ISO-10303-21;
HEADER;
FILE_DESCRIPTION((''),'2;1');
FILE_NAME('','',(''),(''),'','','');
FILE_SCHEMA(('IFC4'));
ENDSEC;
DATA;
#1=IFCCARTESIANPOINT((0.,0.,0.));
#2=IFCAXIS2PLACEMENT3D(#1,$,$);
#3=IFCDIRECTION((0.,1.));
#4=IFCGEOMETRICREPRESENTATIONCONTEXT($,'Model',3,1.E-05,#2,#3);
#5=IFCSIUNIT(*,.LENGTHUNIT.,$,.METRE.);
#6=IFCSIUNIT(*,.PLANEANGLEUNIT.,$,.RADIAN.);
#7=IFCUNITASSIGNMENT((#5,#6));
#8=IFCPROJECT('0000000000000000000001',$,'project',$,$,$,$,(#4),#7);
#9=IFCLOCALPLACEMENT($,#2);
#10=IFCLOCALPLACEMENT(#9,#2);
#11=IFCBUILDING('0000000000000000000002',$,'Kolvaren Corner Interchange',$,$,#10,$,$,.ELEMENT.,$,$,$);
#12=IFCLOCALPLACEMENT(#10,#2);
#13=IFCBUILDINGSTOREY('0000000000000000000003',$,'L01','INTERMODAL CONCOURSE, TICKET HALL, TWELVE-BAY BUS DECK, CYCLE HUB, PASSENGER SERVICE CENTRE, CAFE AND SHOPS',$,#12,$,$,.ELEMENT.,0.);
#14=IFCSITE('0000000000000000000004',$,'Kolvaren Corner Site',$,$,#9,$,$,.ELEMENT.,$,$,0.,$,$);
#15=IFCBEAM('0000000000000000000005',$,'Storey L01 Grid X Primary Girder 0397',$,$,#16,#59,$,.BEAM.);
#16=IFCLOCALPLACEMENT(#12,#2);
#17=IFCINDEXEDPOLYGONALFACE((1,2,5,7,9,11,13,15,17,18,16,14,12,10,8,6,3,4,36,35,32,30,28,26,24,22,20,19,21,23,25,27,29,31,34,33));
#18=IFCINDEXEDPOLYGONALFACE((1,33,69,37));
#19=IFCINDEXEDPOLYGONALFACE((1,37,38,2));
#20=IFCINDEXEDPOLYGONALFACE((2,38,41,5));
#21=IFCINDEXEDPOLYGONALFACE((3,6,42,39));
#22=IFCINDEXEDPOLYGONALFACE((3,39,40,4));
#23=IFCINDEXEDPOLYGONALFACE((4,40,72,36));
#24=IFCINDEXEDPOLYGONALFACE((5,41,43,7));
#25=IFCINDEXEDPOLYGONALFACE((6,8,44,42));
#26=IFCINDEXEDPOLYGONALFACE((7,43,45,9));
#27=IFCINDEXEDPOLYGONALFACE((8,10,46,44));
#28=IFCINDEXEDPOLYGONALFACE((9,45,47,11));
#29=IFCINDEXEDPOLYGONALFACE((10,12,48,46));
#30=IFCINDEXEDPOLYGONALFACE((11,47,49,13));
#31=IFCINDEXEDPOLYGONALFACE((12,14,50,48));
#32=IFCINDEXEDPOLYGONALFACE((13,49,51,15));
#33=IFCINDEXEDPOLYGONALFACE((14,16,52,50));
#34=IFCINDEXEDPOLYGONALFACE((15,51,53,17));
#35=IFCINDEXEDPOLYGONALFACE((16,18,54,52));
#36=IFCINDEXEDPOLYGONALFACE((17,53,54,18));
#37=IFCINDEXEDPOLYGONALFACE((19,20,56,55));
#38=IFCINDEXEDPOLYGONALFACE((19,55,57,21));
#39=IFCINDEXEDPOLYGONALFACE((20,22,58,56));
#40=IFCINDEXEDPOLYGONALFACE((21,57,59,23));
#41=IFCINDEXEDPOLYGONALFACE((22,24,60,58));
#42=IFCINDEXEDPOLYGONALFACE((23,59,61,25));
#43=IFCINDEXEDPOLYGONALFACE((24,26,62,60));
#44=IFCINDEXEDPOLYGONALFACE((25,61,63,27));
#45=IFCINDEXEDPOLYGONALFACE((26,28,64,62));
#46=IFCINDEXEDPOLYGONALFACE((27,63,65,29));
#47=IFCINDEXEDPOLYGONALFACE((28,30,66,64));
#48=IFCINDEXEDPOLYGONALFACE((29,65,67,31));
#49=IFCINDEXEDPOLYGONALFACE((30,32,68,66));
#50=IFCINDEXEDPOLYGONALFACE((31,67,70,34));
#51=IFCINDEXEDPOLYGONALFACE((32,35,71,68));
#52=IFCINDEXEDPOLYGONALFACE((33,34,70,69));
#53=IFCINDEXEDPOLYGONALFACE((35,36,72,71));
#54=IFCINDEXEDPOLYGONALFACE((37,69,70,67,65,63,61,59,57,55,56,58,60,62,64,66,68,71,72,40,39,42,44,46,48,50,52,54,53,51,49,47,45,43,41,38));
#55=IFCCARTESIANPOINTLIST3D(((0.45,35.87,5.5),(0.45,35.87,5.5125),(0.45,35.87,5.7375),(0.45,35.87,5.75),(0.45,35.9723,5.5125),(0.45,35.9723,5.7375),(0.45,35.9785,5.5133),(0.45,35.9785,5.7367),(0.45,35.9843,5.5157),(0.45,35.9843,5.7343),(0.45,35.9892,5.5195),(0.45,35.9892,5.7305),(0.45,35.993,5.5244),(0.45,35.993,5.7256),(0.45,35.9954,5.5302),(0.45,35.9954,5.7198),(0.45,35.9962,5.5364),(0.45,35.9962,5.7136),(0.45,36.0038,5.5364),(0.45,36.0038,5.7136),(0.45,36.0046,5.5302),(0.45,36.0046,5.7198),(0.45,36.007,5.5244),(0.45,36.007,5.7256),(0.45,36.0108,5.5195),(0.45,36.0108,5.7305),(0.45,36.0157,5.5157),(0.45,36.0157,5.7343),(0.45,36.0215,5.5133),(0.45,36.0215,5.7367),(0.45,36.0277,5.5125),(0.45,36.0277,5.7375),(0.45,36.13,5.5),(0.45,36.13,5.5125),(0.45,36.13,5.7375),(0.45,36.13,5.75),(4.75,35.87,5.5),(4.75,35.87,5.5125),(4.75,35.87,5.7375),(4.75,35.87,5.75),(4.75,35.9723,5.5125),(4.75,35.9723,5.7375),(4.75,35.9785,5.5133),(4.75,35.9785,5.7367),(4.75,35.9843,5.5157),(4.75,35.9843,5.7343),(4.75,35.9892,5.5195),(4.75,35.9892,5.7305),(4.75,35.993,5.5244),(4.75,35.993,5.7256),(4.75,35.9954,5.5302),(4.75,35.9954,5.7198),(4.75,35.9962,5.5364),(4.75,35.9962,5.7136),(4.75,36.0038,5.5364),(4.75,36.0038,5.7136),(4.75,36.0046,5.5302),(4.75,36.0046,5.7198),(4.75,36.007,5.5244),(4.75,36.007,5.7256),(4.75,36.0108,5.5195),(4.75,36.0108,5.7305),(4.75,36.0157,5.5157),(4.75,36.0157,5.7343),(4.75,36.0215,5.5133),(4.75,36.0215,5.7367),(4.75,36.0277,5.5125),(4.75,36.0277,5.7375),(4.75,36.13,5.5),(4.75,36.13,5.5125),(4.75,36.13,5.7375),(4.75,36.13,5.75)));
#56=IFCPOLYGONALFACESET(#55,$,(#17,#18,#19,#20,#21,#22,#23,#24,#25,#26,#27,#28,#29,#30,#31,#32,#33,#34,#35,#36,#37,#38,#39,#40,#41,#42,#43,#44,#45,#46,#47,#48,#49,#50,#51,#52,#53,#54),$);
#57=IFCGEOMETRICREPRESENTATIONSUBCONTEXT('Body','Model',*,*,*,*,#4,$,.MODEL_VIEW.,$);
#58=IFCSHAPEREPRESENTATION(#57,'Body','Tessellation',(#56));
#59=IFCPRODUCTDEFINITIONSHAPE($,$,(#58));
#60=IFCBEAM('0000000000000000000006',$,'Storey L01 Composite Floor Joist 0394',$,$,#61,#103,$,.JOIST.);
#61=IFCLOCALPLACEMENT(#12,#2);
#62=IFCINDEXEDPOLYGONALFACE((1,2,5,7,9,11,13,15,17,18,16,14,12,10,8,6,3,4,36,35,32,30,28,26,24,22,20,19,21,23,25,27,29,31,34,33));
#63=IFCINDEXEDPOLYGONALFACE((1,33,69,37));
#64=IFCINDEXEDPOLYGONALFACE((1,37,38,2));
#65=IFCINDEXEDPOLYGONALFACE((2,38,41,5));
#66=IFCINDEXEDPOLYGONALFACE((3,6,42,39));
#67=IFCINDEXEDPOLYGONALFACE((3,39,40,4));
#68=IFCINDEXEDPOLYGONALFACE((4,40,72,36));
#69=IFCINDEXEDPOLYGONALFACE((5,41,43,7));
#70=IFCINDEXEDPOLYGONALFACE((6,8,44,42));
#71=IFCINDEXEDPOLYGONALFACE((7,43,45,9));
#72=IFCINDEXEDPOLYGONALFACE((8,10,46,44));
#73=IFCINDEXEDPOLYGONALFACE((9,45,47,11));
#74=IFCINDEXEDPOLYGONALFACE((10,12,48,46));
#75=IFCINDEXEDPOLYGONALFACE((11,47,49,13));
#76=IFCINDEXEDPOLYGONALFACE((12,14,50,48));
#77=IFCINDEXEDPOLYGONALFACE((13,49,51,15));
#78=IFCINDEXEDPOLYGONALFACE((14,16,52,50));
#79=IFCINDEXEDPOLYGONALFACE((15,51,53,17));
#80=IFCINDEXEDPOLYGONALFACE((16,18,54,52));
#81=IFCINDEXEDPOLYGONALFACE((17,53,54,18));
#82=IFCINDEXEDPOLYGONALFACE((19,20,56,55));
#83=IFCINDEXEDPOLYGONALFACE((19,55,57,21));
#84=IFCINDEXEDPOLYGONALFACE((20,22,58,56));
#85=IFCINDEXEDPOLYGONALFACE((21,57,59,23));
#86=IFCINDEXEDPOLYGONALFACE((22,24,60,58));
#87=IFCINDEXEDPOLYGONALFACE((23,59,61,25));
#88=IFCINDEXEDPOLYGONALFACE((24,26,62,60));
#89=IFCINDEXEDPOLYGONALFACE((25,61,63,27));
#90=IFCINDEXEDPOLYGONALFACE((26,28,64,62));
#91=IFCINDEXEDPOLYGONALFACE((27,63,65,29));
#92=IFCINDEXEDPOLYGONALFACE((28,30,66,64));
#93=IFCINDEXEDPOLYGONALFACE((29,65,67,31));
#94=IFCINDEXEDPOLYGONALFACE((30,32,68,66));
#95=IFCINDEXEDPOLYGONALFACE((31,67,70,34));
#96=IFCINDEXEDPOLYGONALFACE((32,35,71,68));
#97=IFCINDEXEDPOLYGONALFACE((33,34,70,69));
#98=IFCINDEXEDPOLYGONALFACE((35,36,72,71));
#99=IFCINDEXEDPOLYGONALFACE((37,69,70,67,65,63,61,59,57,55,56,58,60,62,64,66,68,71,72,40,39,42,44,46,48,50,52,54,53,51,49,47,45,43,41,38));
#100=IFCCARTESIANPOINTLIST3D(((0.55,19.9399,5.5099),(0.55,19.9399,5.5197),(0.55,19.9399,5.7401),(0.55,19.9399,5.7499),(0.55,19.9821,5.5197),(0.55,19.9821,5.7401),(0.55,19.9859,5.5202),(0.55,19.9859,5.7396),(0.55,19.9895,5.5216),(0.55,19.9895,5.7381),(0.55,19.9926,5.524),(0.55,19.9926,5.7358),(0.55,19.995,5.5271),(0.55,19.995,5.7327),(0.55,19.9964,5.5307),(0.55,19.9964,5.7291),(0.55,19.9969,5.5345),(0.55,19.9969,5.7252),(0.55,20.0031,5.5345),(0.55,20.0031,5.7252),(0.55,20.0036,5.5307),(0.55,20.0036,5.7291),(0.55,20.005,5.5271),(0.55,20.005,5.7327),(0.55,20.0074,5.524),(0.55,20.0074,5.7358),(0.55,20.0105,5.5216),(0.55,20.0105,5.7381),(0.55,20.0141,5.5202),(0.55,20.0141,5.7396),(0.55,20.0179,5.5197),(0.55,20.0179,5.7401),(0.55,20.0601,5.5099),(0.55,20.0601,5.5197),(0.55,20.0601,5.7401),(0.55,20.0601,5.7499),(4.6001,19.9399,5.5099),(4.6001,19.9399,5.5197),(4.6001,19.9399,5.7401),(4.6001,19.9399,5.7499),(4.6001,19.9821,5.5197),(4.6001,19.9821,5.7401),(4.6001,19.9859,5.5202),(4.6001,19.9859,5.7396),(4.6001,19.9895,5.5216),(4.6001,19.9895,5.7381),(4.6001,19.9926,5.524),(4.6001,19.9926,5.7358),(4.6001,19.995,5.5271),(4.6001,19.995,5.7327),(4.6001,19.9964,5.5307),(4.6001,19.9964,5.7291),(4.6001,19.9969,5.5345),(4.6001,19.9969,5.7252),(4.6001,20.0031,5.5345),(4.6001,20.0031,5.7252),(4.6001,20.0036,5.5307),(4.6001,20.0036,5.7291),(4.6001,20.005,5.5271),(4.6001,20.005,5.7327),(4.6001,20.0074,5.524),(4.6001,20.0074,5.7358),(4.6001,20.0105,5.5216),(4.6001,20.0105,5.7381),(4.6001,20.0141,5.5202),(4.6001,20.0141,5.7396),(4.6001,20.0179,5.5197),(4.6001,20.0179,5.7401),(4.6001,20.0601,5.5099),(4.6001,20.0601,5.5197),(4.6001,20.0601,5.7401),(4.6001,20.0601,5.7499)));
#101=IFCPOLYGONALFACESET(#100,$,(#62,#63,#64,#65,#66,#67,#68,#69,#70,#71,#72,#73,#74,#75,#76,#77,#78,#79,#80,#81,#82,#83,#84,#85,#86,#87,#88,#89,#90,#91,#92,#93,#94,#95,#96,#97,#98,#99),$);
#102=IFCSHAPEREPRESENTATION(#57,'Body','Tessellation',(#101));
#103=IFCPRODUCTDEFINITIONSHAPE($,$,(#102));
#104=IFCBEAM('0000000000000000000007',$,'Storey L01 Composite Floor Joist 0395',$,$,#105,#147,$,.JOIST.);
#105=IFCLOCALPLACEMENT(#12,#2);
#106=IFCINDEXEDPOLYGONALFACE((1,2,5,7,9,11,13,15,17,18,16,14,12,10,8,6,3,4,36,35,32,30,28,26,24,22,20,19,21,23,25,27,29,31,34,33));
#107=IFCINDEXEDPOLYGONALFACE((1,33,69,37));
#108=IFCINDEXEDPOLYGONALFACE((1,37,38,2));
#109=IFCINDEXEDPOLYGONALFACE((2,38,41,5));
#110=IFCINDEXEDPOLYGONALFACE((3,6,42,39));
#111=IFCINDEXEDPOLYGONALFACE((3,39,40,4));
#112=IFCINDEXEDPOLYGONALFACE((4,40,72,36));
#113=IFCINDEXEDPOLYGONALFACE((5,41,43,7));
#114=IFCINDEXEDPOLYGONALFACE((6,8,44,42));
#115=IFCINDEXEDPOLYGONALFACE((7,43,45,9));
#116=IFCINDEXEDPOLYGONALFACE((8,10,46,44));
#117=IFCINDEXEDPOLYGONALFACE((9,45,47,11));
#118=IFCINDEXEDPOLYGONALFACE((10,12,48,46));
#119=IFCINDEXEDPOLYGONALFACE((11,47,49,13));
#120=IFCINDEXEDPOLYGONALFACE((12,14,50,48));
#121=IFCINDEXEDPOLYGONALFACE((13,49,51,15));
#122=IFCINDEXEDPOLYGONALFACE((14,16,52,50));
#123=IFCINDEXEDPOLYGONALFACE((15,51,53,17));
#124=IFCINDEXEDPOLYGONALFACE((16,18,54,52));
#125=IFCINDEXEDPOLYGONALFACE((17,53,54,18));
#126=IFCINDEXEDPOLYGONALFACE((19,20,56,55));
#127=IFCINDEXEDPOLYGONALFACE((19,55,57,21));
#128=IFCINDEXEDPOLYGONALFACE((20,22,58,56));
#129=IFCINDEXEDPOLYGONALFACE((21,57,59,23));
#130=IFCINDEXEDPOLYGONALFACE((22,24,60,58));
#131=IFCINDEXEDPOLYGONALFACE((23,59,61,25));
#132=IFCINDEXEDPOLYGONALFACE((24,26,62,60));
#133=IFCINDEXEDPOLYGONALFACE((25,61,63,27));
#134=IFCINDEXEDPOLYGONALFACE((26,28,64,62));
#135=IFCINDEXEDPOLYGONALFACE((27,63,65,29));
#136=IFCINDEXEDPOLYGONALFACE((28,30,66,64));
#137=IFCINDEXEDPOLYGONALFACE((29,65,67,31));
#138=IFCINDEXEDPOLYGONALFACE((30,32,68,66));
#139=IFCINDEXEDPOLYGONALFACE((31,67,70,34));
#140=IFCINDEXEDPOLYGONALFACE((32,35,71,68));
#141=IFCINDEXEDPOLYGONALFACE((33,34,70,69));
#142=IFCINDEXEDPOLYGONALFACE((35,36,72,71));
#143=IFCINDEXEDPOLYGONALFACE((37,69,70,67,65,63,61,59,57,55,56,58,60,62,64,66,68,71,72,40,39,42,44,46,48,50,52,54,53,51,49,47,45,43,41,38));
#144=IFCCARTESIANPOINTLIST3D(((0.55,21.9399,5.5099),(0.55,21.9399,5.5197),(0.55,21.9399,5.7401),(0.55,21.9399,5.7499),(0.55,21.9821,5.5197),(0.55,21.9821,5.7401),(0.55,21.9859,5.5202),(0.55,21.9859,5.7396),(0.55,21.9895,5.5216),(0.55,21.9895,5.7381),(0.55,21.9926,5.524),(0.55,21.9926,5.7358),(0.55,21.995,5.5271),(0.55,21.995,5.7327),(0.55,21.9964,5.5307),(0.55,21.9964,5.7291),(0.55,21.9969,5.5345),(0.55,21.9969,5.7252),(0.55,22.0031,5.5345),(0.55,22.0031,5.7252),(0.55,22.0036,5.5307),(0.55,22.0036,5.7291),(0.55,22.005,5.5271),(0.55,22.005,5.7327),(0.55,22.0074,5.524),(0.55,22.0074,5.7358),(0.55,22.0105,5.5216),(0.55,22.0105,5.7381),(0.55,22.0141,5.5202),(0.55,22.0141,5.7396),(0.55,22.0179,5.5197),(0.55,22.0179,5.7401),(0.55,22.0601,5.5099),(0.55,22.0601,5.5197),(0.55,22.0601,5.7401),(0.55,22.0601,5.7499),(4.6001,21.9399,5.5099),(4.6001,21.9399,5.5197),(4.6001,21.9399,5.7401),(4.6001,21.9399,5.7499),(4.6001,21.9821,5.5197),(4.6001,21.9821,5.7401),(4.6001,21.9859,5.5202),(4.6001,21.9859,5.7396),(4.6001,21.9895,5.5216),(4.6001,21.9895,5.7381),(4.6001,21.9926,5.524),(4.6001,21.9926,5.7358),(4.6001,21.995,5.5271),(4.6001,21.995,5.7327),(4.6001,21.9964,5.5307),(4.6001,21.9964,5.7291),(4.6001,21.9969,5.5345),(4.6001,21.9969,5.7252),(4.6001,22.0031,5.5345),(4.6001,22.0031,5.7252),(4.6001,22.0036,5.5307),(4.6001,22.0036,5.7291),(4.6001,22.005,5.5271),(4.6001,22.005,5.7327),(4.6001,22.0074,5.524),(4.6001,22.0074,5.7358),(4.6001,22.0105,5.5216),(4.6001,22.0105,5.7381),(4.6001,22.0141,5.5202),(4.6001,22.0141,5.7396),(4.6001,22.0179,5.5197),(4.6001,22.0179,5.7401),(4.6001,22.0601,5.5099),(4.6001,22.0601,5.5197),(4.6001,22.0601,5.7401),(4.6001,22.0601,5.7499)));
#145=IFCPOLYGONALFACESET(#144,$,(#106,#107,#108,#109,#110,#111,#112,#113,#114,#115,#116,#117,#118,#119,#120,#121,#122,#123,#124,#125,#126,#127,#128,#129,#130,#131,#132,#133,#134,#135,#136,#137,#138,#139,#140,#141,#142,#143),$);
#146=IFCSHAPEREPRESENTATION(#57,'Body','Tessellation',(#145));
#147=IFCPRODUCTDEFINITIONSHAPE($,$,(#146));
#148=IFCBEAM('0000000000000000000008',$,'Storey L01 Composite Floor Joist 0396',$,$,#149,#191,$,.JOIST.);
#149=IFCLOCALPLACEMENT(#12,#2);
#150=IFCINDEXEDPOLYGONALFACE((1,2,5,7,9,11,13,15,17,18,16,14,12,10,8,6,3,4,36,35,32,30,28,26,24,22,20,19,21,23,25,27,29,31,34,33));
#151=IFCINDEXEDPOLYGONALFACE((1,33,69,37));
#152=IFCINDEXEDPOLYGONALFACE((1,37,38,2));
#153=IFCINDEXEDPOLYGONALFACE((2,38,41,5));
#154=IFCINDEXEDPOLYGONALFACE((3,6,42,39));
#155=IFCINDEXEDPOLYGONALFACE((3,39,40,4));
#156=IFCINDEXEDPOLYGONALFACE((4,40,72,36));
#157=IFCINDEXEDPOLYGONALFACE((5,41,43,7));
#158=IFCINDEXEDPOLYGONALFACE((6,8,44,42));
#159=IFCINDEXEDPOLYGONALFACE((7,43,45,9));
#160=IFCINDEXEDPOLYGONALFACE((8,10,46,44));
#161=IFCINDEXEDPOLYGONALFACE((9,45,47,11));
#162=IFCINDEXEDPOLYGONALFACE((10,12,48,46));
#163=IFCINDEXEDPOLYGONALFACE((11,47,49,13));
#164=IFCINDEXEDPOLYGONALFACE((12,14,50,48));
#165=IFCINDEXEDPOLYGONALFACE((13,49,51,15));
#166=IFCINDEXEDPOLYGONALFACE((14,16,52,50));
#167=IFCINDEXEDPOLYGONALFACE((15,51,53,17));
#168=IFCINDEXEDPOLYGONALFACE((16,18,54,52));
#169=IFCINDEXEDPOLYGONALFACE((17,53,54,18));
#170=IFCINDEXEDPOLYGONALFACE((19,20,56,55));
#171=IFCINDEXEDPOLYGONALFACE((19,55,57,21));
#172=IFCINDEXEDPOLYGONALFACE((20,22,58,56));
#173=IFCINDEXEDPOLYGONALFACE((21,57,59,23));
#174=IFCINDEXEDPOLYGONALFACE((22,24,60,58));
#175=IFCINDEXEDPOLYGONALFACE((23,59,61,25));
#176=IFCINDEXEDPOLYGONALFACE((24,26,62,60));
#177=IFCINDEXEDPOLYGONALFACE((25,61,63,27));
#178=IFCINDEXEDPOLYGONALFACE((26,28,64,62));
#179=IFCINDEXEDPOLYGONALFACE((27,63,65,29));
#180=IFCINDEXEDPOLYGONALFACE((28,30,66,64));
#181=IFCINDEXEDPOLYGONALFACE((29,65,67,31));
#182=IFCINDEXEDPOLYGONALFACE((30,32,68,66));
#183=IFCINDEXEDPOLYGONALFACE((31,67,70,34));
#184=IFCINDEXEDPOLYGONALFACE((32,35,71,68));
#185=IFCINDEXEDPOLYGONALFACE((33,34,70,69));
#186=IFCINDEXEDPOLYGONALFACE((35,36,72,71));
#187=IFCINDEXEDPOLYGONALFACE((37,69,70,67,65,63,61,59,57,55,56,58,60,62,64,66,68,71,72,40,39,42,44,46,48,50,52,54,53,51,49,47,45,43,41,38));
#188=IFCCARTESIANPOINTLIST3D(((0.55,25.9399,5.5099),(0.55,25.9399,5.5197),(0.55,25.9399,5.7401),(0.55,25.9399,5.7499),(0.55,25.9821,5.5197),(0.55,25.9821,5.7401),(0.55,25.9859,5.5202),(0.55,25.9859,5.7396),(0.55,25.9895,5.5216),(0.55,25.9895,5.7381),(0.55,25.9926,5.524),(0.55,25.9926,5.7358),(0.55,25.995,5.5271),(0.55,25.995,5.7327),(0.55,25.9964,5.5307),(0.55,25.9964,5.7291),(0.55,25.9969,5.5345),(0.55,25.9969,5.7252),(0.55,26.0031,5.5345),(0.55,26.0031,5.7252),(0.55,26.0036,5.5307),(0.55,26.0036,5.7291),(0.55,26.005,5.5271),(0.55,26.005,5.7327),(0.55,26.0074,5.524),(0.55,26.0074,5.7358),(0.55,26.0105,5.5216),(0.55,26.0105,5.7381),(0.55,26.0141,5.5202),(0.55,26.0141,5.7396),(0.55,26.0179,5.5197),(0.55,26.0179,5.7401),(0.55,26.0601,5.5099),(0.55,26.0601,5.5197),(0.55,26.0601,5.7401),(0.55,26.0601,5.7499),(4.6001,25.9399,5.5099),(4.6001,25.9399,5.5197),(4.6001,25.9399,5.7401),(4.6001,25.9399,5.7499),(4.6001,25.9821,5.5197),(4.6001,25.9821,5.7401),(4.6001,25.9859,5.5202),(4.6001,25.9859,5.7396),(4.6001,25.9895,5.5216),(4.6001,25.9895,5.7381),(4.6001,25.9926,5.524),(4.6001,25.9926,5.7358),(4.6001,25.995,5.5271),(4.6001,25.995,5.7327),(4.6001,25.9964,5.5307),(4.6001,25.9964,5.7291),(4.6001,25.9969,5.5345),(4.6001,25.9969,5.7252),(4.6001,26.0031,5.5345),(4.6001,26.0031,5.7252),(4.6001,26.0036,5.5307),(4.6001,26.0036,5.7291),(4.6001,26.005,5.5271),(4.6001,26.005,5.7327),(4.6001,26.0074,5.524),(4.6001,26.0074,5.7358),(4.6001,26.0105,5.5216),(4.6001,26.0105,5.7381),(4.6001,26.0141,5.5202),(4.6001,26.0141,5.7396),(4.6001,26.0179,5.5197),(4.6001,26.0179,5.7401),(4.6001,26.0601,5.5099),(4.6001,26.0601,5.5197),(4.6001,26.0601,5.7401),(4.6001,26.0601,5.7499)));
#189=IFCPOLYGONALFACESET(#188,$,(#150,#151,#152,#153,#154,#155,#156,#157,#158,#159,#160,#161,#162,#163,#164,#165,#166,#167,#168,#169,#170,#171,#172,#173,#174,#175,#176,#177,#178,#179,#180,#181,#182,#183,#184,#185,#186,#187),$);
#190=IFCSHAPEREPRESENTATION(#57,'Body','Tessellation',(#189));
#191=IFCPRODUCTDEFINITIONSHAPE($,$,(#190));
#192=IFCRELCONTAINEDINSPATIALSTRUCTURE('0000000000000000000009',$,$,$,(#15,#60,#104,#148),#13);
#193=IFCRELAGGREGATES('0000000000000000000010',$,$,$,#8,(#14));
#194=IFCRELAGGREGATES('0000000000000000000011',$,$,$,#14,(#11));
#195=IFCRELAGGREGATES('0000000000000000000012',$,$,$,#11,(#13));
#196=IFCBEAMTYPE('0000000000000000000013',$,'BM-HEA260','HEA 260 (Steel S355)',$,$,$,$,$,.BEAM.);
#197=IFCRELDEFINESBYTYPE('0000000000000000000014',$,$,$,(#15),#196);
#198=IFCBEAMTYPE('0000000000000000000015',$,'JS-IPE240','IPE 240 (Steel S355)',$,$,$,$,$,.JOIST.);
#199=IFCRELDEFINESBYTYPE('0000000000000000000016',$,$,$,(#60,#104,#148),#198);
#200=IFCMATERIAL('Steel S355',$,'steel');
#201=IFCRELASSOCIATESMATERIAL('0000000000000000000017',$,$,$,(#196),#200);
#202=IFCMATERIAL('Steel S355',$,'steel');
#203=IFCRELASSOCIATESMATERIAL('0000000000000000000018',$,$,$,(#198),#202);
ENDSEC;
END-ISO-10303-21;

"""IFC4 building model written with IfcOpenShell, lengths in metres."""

from ifc_helpers import new_model, si_unit, direction, frame, origin, origin_2d, place, context, subcontext, project, spatial, i_section, extrude, material, material_profile, profile_set, type_object, element, save


model = new_model("IFC4")

# Units and contexts
model_context = context("Model", 3, precision=1e-05, world=origin(), true_north=direction((0.0, 1.0)))
body_context = subcontext(model_context, "Body", "Model", "MODEL_VIEW")
ifc_project = project(units=[si_unit("LENGTHUNIT", "METRE"), si_unit("PLANEANGLEUNIT", "RADIAN")], contexts=[model_context])

# Site, building, storey
site_placement = place(None, origin())
site = spatial("IfcSite", under=ifc_project, at=site_placement, Name="Kolvaren Corner Site", CompositionType="ELEMENT", RefElevation=0.0)
building_placement = place(site_placement, origin())
building = spatial("IfcBuilding", under=site, at=building_placement, Name="Kolvaren Corner Interchange", CompositionType="ELEMENT")
storey_placement = place(building_placement, origin())
storey = spatial("IfcBuildingStorey", under=building, at=storey_placement, Name="L01", Description="INTERMODAL CONCOURSE, TICKET HALL, TWELVE-BAY BUS DECK, CYCLE HUB, PASSENGER SERVICE CENTRE, CAFE AND SHOPS", CompositionType="ELEMENT", Elevation=0.0)

# Beams
ifc_material_1 = material(Name="Steel S355", Category="steel")
ifc_material_profile_1 = material_profile(ifc_material_1, i_section(OverallWidth=0.26, OverallDepth=0.25, WebThickness=0.0076, FlangeThickness=0.0125, FilletRadius=0.0239, at=origin_2d()), Name="HEA 260")
ifc_profile_set_1 = profile_set([ifc_material_profile_1], Name="Steel S355")
beam_type_1 = type_object("IfcBeamType", Name="BM-HEA260", Description="HEA 260 (Steel S355)", PredefinedType="BEAM", material=ifc_profile_set_1)
for number, where, z_axis, x_axis, name in (
    (1, (0.45, 36.0, 5.625), (1.0, 0.0, 0.0), (0.0, 1.0, 0.0), "Storey L01 Grid X Primary Girder 0397"),
):
    element("IfcBeam", number, at=place(storey_placement, frame(where, z_axis=z_axis, x_axis=x_axis)), inside=storey, type_object=beam_type_1, Name=name, PredefinedType="BEAM", context=body_context, shape_type="SweptSolid", body=[
        extrude(i_section(OverallWidth=0.26, OverallDepth=0.25, WebThickness=0.0076, FlangeThickness=0.0125, FilletRadius=0.0239, at=origin_2d()), origin(), (0.0, 0.0, 1.0), 4.3),
    ])
ifc_material_2 = material(Name="Steel S355", Category="steel")
ifc_material_profile_2 = material_profile(ifc_material_2, i_section(OverallWidth=0.1201, OverallDepth=0.24, WebThickness=0.0061, FlangeThickness=0.0098, FilletRadius=0.0149, at=origin_2d()), Name="IPE 240")
ifc_profile_set_2 = profile_set([ifc_material_profile_2], Name="Steel S355")
beam_type_2 = type_object("IfcBeamType", Name="JS-IPE240", Description="IPE 240 (Steel S355)", PredefinedType="JOIST", material=ifc_profile_set_2)
for number, where, z_axis, x_axis, name in (
    (2, (0.55, 20.0, 5.6299), (1.0, 0.0, 0.0), (0.0, 1.0, 0.0), "Storey L01 Composite Floor Joist 0394"),
    (3, (0.55, 22.0, 5.6299), (1.0, 0.0, 0.0), (0.0, 1.0, 0.0), "Storey L01 Composite Floor Joist 0395"),
    (4, (0.55, 26.0, 5.6299), (1.0, 0.0, 0.0), (0.0, 1.0, 0.0), "Storey L01 Composite Floor Joist 0396"),
):
    element("IfcBeam", number, at=place(storey_placement, frame(where, z_axis=z_axis, x_axis=x_axis)), inside=storey, type_object=beam_type_2, Name=name, PredefinedType="JOIST", context=body_context, shape_type="SweptSolid", body=[
        extrude(i_section(OverallWidth=0.1201, OverallDepth=0.24, WebThickness=0.0061, FlangeThickness=0.0098, FilletRadius=0.0149, at=origin_2d()), origin(), (0.0, 0.0, 1.0), 4.05),
    ])

save(model, "model.ifc")
